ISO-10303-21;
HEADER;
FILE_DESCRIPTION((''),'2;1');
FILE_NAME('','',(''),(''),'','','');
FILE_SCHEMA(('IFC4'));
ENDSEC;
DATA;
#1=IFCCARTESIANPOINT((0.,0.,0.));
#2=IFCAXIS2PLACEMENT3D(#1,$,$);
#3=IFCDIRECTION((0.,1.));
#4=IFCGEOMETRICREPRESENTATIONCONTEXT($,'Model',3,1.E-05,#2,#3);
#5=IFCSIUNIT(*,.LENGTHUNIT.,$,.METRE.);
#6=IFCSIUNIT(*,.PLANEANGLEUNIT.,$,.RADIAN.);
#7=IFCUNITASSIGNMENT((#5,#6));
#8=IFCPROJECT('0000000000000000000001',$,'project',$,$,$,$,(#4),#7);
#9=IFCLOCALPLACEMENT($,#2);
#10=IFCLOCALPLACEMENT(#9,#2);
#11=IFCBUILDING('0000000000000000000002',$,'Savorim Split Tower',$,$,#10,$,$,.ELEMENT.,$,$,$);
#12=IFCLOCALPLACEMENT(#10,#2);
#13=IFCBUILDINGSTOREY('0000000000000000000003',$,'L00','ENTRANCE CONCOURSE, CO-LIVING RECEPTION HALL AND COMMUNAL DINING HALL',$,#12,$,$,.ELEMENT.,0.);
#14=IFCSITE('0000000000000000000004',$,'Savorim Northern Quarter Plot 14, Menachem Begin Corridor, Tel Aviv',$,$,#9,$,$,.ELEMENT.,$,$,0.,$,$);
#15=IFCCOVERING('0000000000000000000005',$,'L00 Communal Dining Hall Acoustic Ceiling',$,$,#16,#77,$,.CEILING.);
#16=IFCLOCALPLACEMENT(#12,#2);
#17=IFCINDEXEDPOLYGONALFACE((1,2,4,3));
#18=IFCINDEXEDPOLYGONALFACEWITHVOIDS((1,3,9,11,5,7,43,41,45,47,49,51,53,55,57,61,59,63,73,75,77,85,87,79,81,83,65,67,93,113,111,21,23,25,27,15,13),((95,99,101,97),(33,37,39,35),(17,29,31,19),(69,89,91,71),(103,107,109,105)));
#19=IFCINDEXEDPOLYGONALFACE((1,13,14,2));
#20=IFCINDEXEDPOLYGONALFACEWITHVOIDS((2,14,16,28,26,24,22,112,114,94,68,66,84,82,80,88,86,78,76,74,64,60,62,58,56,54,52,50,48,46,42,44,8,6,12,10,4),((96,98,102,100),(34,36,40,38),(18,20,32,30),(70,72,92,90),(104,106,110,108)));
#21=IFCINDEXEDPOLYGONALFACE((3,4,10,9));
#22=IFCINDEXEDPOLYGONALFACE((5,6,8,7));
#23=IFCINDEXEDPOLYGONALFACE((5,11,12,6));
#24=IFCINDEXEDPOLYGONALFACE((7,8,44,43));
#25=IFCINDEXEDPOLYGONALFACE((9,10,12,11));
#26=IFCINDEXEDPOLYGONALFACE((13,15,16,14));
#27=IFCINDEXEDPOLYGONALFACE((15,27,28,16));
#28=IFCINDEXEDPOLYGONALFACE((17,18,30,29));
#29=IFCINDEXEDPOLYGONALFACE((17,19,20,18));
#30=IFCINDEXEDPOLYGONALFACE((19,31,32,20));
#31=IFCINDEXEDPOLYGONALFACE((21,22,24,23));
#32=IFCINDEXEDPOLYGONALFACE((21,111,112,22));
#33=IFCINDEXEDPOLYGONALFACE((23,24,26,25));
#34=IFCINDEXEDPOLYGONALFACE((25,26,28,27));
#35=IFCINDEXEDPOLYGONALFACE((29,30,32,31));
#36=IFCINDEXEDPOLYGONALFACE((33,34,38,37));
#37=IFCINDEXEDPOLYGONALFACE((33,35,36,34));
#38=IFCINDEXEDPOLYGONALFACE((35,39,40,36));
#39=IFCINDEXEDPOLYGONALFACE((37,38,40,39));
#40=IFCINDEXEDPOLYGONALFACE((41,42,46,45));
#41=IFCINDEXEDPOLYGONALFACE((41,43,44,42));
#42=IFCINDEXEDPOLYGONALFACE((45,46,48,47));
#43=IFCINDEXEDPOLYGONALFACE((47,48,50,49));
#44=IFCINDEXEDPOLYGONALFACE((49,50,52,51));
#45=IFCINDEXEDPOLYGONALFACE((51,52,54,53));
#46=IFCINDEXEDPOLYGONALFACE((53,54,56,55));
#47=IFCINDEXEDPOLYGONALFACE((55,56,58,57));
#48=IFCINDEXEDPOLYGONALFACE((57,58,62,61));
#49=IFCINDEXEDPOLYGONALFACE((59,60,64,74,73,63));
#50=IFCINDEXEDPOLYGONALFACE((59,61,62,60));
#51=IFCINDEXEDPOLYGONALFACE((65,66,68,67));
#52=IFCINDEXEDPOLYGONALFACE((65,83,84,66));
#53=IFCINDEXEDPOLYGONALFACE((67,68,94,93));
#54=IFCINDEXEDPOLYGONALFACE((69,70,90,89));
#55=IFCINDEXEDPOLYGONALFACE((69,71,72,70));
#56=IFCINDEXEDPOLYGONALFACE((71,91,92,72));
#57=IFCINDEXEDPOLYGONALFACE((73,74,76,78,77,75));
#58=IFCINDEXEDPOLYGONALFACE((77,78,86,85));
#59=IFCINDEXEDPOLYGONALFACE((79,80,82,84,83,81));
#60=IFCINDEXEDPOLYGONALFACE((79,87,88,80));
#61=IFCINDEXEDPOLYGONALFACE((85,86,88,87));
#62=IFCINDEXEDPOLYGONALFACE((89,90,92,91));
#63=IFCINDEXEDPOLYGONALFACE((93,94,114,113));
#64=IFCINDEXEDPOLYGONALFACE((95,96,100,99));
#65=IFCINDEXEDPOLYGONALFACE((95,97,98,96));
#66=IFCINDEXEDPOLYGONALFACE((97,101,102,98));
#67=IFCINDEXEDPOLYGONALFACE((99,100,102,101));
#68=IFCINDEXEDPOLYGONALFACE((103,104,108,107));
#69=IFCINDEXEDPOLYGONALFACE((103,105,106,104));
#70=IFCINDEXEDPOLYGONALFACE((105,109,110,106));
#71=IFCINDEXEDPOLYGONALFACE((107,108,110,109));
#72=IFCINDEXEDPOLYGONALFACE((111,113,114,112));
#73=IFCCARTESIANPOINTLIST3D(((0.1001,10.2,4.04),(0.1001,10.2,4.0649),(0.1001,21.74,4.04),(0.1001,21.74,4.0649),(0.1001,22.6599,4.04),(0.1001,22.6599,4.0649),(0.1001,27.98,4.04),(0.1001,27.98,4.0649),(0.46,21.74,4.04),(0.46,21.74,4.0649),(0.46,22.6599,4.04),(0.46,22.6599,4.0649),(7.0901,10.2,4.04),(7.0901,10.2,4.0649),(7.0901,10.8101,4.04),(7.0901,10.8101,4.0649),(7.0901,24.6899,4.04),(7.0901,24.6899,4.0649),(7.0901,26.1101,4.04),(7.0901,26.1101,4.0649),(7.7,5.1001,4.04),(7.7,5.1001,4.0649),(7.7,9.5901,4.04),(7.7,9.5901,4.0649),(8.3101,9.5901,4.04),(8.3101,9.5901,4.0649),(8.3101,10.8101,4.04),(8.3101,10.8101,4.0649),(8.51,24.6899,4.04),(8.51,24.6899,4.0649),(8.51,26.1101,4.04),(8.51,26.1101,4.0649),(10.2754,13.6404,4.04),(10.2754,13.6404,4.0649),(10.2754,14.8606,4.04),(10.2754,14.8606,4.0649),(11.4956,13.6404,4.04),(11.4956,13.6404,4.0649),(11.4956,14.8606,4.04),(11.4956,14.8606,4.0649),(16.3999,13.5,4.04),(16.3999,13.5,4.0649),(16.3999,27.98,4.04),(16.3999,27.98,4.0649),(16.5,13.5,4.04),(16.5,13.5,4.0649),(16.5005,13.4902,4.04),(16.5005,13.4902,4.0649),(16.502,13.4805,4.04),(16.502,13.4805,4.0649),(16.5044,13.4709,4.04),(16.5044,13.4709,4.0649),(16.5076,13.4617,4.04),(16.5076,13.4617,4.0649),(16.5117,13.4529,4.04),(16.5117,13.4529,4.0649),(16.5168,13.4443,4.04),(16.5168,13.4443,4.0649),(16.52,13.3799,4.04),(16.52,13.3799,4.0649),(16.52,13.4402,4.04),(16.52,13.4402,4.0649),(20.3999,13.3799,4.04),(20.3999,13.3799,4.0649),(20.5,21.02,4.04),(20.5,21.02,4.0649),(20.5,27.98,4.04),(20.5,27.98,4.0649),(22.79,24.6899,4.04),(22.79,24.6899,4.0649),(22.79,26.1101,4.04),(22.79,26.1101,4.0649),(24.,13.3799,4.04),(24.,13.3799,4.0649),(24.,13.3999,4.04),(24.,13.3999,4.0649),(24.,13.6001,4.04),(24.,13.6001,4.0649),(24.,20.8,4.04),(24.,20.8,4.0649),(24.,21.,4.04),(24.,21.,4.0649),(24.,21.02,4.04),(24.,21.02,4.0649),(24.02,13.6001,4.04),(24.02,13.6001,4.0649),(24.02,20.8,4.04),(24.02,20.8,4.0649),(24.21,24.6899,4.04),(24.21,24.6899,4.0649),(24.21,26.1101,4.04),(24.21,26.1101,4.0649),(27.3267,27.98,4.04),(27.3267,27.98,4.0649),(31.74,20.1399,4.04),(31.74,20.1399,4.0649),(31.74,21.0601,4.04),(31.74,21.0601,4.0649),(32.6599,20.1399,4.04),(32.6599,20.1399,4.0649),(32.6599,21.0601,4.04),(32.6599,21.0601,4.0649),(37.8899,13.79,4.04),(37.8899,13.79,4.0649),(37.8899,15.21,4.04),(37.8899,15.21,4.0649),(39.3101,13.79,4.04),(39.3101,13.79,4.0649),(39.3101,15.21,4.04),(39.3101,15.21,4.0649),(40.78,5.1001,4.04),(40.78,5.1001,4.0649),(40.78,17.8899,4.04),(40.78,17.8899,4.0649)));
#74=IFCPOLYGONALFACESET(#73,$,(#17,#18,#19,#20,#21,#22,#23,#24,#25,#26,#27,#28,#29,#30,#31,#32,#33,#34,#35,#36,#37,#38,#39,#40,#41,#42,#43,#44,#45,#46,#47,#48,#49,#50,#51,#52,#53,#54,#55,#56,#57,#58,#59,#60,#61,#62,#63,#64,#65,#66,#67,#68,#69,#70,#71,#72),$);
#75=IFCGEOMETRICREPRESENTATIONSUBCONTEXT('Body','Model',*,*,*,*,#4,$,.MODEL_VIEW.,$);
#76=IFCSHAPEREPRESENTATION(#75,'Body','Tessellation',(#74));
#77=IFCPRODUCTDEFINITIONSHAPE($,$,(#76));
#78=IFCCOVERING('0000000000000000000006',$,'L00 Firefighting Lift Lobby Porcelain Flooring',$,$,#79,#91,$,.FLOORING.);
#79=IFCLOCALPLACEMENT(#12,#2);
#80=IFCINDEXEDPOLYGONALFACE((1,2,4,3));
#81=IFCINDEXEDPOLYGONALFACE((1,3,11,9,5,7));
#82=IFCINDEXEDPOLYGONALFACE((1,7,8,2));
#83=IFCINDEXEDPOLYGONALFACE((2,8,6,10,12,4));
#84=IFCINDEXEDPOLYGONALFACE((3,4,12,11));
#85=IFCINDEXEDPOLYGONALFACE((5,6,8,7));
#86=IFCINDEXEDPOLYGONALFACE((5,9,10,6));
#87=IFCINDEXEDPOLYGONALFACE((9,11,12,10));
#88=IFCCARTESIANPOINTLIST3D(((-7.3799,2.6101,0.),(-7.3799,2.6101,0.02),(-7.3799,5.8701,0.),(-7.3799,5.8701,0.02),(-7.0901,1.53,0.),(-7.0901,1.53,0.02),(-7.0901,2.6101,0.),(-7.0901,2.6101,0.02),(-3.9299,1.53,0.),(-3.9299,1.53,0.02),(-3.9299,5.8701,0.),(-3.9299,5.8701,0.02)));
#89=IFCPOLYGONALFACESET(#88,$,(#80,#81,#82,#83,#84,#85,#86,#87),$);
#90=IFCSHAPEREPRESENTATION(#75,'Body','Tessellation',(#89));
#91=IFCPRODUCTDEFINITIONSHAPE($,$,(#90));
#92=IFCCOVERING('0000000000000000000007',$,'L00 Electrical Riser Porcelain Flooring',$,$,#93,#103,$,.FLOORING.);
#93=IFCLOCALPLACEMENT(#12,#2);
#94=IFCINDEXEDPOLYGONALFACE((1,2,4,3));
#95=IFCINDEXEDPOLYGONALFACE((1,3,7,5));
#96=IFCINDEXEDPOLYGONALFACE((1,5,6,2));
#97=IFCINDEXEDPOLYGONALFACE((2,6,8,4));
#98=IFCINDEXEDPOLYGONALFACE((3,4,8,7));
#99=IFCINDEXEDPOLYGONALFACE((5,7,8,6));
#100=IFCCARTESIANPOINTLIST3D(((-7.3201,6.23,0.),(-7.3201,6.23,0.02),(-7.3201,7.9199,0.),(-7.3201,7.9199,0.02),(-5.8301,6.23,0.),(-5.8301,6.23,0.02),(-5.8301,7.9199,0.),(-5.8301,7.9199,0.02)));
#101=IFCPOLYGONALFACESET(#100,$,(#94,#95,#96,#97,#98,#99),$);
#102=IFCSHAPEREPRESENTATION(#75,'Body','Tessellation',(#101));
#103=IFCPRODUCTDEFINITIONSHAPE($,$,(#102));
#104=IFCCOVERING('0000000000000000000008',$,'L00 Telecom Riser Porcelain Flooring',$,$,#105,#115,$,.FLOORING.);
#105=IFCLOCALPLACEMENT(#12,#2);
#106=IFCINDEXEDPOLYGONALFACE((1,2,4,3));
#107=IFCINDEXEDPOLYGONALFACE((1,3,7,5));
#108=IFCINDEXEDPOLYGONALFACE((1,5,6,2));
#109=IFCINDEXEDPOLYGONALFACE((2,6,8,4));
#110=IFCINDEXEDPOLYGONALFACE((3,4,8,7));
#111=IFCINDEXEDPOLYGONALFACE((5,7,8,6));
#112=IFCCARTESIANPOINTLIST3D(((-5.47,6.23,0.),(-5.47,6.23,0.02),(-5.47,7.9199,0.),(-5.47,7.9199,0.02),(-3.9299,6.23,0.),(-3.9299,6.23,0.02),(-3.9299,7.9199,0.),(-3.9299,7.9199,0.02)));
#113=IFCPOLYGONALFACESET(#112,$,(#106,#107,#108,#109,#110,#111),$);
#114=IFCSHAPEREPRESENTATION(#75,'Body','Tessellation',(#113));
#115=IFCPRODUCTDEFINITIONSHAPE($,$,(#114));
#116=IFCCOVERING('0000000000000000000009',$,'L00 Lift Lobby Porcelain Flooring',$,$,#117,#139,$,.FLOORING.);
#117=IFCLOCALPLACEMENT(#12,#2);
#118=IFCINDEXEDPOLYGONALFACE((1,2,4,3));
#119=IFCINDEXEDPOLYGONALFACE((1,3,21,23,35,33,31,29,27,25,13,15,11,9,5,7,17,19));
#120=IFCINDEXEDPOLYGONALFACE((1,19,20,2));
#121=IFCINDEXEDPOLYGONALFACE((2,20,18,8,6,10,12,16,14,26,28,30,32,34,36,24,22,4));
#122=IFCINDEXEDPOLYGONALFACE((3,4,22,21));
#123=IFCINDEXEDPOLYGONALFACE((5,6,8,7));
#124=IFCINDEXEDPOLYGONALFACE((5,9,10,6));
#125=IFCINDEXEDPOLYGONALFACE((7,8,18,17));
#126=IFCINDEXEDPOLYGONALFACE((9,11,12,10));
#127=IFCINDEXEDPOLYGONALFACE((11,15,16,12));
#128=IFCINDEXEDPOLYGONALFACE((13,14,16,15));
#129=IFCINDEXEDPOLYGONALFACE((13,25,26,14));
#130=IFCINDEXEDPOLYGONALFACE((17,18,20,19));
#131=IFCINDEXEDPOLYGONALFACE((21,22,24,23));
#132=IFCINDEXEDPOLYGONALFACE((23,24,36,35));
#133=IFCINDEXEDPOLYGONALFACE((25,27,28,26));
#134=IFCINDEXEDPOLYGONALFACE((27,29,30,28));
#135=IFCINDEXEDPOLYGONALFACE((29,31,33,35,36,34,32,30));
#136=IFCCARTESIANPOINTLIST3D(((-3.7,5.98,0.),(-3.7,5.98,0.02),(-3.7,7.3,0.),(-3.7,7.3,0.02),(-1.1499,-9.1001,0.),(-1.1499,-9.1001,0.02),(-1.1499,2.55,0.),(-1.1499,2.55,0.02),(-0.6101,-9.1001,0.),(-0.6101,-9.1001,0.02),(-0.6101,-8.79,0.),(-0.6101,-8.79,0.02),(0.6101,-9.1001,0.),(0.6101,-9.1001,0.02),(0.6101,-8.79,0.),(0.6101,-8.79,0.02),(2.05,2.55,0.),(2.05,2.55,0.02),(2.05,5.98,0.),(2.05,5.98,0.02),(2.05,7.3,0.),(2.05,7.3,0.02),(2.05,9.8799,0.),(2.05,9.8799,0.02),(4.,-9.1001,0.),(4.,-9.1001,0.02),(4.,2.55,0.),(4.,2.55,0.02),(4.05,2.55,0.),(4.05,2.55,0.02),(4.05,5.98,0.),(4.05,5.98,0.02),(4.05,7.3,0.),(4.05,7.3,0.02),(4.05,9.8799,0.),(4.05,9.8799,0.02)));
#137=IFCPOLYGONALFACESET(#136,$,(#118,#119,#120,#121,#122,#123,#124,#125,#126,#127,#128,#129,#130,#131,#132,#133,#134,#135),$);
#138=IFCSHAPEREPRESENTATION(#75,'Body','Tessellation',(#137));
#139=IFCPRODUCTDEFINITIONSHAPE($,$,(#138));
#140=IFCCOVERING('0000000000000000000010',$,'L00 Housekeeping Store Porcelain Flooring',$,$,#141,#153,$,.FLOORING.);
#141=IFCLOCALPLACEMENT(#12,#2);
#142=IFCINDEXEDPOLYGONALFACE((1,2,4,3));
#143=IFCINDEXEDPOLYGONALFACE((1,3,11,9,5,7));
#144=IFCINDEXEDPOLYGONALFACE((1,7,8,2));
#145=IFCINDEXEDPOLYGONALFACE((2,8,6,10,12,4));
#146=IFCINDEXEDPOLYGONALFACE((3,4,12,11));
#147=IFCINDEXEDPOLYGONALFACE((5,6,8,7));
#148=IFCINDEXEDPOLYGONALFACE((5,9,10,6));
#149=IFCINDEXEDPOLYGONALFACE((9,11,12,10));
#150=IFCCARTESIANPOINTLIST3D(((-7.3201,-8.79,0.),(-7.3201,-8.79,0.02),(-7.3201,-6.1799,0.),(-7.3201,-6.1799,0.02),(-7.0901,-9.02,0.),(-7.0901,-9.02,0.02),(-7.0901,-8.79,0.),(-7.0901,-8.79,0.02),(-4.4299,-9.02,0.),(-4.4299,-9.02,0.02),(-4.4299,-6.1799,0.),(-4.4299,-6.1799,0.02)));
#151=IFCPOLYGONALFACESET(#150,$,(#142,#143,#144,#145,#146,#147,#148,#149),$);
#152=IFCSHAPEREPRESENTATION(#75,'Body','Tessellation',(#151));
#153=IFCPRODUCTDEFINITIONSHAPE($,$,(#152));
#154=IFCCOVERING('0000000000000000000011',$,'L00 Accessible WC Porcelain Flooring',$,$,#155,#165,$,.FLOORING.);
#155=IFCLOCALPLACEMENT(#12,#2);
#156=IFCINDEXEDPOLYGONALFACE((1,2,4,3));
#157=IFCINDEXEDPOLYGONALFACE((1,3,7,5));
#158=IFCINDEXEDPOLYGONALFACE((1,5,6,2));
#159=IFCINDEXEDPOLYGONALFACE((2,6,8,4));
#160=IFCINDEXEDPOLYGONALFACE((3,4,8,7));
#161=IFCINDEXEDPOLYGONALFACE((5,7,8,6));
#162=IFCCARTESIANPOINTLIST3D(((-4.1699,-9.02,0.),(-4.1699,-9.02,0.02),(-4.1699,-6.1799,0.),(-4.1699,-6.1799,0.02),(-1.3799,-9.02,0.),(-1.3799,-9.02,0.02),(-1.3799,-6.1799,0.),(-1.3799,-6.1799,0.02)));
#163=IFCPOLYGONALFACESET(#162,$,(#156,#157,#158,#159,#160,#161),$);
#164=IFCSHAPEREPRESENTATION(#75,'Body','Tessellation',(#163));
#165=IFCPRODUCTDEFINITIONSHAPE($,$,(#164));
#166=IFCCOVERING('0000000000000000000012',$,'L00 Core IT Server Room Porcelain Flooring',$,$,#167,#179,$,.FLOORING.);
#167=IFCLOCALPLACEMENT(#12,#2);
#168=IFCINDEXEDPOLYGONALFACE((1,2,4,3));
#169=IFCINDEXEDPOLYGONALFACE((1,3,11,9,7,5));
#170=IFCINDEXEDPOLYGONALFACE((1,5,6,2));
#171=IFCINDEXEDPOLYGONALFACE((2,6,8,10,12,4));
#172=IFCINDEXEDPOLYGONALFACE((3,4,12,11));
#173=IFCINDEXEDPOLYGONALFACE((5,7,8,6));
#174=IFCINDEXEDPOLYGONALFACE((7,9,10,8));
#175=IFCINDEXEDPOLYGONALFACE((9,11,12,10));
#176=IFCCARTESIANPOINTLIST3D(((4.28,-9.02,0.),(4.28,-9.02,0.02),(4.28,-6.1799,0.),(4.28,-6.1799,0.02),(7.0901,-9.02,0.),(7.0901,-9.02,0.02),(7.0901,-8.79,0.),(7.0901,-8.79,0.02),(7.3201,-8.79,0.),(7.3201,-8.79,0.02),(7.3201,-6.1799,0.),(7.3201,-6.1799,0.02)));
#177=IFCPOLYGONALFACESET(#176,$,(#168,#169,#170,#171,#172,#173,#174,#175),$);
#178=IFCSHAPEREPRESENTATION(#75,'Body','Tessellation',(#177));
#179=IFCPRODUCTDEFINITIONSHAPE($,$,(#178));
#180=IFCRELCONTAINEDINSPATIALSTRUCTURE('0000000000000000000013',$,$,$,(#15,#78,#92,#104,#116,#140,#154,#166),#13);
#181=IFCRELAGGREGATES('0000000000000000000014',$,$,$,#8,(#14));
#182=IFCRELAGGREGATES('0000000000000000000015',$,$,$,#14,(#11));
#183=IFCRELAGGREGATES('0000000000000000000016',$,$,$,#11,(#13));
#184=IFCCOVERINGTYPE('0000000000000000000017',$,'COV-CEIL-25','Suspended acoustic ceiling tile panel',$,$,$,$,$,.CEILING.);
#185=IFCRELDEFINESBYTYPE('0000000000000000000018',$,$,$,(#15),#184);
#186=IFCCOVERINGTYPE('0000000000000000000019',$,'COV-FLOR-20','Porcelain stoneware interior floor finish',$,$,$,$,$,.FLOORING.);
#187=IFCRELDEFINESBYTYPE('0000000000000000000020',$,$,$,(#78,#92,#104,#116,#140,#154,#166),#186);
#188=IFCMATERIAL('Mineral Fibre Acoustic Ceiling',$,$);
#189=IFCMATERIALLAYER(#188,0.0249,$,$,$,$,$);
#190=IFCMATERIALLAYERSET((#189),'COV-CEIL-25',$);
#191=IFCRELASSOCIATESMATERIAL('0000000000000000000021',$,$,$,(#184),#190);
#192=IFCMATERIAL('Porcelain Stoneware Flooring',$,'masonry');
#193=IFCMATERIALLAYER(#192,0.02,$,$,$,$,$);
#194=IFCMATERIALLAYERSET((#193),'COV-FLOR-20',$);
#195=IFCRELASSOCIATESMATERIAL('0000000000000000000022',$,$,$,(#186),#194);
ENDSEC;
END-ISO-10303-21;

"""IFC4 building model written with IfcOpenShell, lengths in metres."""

from ifc_helpers import new_model, si_unit, direction, frame, origin, place, context, subcontext, project, spatial, polyline, outline, extrude, material, layer, layer_set, type_object, element, save


model = new_model("IFC4")

# Units and contexts
model_context = context("Model", 3, precision=1e-05, world=origin(), true_north=direction((0.0, 1.0)))
body_context = subcontext(model_context, "Body", "Model", "MODEL_VIEW")
ifc_project = project(units=[si_unit("LENGTHUNIT", "METRE"), si_unit("PLANEANGLEUNIT", "RADIAN")], contexts=[model_context])

# Site, building, storey
site_placement = place(None, origin())
site = spatial("IfcSite", under=ifc_project, at=site_placement, Name="Savorim Northern Quarter Plot 14, Menachem Begin Corridor, Tel Aviv", CompositionType="ELEMENT", RefElevation=0.0)
building_placement = place(site_placement, origin())
building = spatial("IfcBuilding", under=site, at=building_placement, Name="Savorim Split Tower", CompositionType="ELEMENT")
storey_placement = place(building_placement, origin())
storey = spatial("IfcBuildingStorey", under=building, at=storey_placement, Name="L00", Description="ENTRANCE CONCOURSE, CO-LIVING RECEPTION HALL AND COMMUNAL DINING HALL", CompositionType="ELEMENT", Elevation=0.0)

# Coverings
ifc_material_1 = material(Name="Mineral Fibre Acoustic Ceiling")
ifc_layer_1 = layer(ifc_material_1, 0.0249)
ifc_layer_set_1 = layer_set([ifc_layer_1], Name="COV-CEIL-25")
covering_type_1 = type_object("IfcCoveringType", Name="COV-CEIL-25", Description="Suspended acoustic ceiling tile panel", PredefinedType="CEILING", material=ifc_layer_set_1)
covering_1_placement = place(storey_placement, frame((0.0, 0.0, 4.04)))
element("IfcCovering", 1, at=covering_1_placement, inside=storey, type_object=covering_type_1, Name="L00 Communal Dining Hall Acoustic Ceiling", PredefinedType="CEILING", context=body_context, shape_type="SweptSolid", body=[
    extrude(outline(polyline([(16.3999, 13.5), (16.3999, 27.98), (0.1001, 27.98), (0.1001, 22.6599), (0.46, 22.6599), (0.46, 21.74), (0.1001, 21.74), (0.1001, 10.2), (7.0901, 10.2), (7.0901, 10.8101), (8.3101, 10.8101), (8.3101, 9.5901), (7.7, 9.5901), (7.7, 5.1001), (40.78, 5.1001), (40.78, 17.8899), (27.3267, 27.98), (20.5, 27.98), (20.5, 21.02), (24.0, 21.02), (24.0, 21.0), (24.0, 20.8), (24.02, 20.8), (24.02, 13.6001), (24.0, 13.6001), (24.0, 13.3999), (24.0, 13.3799), (20.3999, 13.3799), (16.52, 13.3799), (16.52, 13.4402), (16.5168, 13.4443), (16.5117, 13.4529), (16.5076, 13.4617), (16.5044, 13.4709), (16.502, 13.4805), (16.5005, 13.4902), (16.5, 13.5), (16.3999, 13.5)]), holes=[polyline([(37.8899, 13.79), (39.3101, 13.79), (39.3101, 15.21), (37.8899, 15.21), (37.8899, 13.79)]), polyline([(22.79, 24.6899), (24.21, 24.6899), (24.21, 26.1101), (22.79, 26.1101), (22.79, 24.6899)]), polyline([(7.0901, 24.6899), (8.51, 24.6899), (8.51, 26.1101), (7.0901, 26.1101), (7.0901, 24.6899)]), polyline([(10.2754, 14.8606), (10.2754, 13.6404), (11.4956, 13.6404), (11.4956, 14.8606), (10.2754, 14.8606)]), polyline([(31.74, 20.1399), (32.6599, 20.1399), (32.6599, 21.0601), (31.74, 21.0601), (31.74, 20.1399)])]), origin(), (0.0, 0.0, 1.0), 0.0249),
])
ifc_material_2 = material(Name="Porcelain Stoneware Flooring", Category="masonry")
ifc_layer_2 = layer(ifc_material_2, 0.02)
ifc_layer_set_2 = layer_set([ifc_layer_2], Name="COV-FLOR-20")
covering_type_2 = type_object("IfcCoveringType", Name="COV-FLOR-20", Description="Porcelain stoneware interior floor finish", PredefinedType="FLOORING", material=ifc_layer_set_2)
covering_2_placement = place(storey_placement, origin())
element("IfcCovering", 2, at=covering_2_placement, inside=storey, type_object=covering_type_2, Name="L00 Firefighting Lift Lobby Porcelain Flooring", PredefinedType="FLOORING", context=body_context, shape_type="SweptSolid", body=[
    extrude(outline(polyline([(-3.9299, 5.8701), (-7.3799, 5.8701), (-7.3799, 2.6101), (-7.0901, 2.6101), (-7.0901, 1.53), (-3.9299, 1.53), (-3.9299, 5.8701)])), origin(), (0.0, 0.0, 1.0), 0.02),
])
covering_3_placement = place(storey_placement, origin())
element("IfcCovering", 3, at=covering_3_placement, inside=storey, type_object=covering_type_2, Name="L00 Electrical Riser Porcelain Flooring", PredefinedType="FLOORING", context=body_context, shape_type="SweptSolid", body=[
    extrude(outline(polyline([(-7.3201, 7.9199), (-7.3201, 6.23), (-5.8301, 6.23), (-5.8301, 7.9199), (-7.3201, 7.9199)])), origin(), (0.0, 0.0, 1.0), 0.02),
])
covering_4_placement = place(storey_placement, origin())
element("IfcCovering", 4, at=covering_4_placement, inside=storey, type_object=covering_type_2, Name="L00 Telecom Riser Porcelain Flooring", PredefinedType="FLOORING", context=body_context, shape_type="SweptSolid", body=[
    extrude(outline(polyline([(-5.47, 7.9199), (-5.47, 6.23), (-3.9299, 6.23), (-3.9299, 7.9199), (-5.47, 7.9199)])), origin(), (0.0, 0.0, 1.0), 0.02),
])
covering_5_placement = place(storey_placement, origin())
element("IfcCovering", 5, at=covering_5_placement, inside=storey, type_object=covering_type_2, Name="L00 Lift Lobby Porcelain Flooring", PredefinedType="FLOORING", context=body_context, shape_type="SweptSolid", body=[
    extrude(outline(polyline([(2.05, 2.55), (-1.1499, 2.55), (-1.1499, -9.1001), (-0.6101, -9.1001), (-0.6101, -8.79), (0.6101, -8.79), (0.6101, -9.1001), (4.0, -9.1001), (4.0, 2.55), (4.05, 2.55), (4.05, 5.98), (4.05, 7.3), (4.05, 9.8799), (2.05, 9.8799), (2.05, 7.3), (-3.7, 7.3), (-3.7, 5.98), (2.05, 5.98), (2.05, 2.55)])), origin(), (0.0, 0.0, 1.0), 0.02),
])
covering_6_placement = place(storey_placement, origin())
element("IfcCovering", 6, at=covering_6_placement, inside=storey, type_object=covering_type_2, Name="L00 Housekeeping Store Porcelain Flooring", PredefinedType="FLOORING", context=body_context, shape_type="SweptSolid", body=[
    extrude(outline(polyline([(-4.4299, -6.1799), (-7.3201, -6.1799), (-7.3201, -8.79), (-7.0901, -8.79), (-7.0901, -9.02), (-4.4299, -9.02), (-4.4299, -6.1799)])), origin(), (0.0, 0.0, 1.0), 0.02),
])
covering_7_placement = place(storey_placement, origin())
element("IfcCovering", 7, at=covering_7_placement, inside=storey, type_object=covering_type_2, Name="L00 Accessible WC Porcelain Flooring", PredefinedType="FLOORING", context=body_context, shape_type="SweptSolid", body=[
    extrude(outline(polyline([(-4.1699, -6.1799), (-4.1699, -9.02), (-1.3799, -9.02), (-1.3799, -6.1799), (-4.1699, -6.1799)])), origin(), (0.0, 0.0, 1.0), 0.02),
])
covering_8_placement = place(storey_placement, origin())
element("IfcCovering", 8, at=covering_8_placement, inside=storey, type_object=covering_type_2, Name="L00 Core IT Server Room Porcelain Flooring", PredefinedType="FLOORING", context=body_context, shape_type="SweptSolid", body=[
    extrude(outline(polyline([(4.28, -6.1799), (4.28, -9.02), (7.0901, -9.02), (7.0901, -8.79), (7.3201, -8.79), (7.3201, -6.1799), (4.28, -6.1799)])), origin(), (0.0, 0.0, 1.0), 0.02),
])

save(model, "model.ifc")
